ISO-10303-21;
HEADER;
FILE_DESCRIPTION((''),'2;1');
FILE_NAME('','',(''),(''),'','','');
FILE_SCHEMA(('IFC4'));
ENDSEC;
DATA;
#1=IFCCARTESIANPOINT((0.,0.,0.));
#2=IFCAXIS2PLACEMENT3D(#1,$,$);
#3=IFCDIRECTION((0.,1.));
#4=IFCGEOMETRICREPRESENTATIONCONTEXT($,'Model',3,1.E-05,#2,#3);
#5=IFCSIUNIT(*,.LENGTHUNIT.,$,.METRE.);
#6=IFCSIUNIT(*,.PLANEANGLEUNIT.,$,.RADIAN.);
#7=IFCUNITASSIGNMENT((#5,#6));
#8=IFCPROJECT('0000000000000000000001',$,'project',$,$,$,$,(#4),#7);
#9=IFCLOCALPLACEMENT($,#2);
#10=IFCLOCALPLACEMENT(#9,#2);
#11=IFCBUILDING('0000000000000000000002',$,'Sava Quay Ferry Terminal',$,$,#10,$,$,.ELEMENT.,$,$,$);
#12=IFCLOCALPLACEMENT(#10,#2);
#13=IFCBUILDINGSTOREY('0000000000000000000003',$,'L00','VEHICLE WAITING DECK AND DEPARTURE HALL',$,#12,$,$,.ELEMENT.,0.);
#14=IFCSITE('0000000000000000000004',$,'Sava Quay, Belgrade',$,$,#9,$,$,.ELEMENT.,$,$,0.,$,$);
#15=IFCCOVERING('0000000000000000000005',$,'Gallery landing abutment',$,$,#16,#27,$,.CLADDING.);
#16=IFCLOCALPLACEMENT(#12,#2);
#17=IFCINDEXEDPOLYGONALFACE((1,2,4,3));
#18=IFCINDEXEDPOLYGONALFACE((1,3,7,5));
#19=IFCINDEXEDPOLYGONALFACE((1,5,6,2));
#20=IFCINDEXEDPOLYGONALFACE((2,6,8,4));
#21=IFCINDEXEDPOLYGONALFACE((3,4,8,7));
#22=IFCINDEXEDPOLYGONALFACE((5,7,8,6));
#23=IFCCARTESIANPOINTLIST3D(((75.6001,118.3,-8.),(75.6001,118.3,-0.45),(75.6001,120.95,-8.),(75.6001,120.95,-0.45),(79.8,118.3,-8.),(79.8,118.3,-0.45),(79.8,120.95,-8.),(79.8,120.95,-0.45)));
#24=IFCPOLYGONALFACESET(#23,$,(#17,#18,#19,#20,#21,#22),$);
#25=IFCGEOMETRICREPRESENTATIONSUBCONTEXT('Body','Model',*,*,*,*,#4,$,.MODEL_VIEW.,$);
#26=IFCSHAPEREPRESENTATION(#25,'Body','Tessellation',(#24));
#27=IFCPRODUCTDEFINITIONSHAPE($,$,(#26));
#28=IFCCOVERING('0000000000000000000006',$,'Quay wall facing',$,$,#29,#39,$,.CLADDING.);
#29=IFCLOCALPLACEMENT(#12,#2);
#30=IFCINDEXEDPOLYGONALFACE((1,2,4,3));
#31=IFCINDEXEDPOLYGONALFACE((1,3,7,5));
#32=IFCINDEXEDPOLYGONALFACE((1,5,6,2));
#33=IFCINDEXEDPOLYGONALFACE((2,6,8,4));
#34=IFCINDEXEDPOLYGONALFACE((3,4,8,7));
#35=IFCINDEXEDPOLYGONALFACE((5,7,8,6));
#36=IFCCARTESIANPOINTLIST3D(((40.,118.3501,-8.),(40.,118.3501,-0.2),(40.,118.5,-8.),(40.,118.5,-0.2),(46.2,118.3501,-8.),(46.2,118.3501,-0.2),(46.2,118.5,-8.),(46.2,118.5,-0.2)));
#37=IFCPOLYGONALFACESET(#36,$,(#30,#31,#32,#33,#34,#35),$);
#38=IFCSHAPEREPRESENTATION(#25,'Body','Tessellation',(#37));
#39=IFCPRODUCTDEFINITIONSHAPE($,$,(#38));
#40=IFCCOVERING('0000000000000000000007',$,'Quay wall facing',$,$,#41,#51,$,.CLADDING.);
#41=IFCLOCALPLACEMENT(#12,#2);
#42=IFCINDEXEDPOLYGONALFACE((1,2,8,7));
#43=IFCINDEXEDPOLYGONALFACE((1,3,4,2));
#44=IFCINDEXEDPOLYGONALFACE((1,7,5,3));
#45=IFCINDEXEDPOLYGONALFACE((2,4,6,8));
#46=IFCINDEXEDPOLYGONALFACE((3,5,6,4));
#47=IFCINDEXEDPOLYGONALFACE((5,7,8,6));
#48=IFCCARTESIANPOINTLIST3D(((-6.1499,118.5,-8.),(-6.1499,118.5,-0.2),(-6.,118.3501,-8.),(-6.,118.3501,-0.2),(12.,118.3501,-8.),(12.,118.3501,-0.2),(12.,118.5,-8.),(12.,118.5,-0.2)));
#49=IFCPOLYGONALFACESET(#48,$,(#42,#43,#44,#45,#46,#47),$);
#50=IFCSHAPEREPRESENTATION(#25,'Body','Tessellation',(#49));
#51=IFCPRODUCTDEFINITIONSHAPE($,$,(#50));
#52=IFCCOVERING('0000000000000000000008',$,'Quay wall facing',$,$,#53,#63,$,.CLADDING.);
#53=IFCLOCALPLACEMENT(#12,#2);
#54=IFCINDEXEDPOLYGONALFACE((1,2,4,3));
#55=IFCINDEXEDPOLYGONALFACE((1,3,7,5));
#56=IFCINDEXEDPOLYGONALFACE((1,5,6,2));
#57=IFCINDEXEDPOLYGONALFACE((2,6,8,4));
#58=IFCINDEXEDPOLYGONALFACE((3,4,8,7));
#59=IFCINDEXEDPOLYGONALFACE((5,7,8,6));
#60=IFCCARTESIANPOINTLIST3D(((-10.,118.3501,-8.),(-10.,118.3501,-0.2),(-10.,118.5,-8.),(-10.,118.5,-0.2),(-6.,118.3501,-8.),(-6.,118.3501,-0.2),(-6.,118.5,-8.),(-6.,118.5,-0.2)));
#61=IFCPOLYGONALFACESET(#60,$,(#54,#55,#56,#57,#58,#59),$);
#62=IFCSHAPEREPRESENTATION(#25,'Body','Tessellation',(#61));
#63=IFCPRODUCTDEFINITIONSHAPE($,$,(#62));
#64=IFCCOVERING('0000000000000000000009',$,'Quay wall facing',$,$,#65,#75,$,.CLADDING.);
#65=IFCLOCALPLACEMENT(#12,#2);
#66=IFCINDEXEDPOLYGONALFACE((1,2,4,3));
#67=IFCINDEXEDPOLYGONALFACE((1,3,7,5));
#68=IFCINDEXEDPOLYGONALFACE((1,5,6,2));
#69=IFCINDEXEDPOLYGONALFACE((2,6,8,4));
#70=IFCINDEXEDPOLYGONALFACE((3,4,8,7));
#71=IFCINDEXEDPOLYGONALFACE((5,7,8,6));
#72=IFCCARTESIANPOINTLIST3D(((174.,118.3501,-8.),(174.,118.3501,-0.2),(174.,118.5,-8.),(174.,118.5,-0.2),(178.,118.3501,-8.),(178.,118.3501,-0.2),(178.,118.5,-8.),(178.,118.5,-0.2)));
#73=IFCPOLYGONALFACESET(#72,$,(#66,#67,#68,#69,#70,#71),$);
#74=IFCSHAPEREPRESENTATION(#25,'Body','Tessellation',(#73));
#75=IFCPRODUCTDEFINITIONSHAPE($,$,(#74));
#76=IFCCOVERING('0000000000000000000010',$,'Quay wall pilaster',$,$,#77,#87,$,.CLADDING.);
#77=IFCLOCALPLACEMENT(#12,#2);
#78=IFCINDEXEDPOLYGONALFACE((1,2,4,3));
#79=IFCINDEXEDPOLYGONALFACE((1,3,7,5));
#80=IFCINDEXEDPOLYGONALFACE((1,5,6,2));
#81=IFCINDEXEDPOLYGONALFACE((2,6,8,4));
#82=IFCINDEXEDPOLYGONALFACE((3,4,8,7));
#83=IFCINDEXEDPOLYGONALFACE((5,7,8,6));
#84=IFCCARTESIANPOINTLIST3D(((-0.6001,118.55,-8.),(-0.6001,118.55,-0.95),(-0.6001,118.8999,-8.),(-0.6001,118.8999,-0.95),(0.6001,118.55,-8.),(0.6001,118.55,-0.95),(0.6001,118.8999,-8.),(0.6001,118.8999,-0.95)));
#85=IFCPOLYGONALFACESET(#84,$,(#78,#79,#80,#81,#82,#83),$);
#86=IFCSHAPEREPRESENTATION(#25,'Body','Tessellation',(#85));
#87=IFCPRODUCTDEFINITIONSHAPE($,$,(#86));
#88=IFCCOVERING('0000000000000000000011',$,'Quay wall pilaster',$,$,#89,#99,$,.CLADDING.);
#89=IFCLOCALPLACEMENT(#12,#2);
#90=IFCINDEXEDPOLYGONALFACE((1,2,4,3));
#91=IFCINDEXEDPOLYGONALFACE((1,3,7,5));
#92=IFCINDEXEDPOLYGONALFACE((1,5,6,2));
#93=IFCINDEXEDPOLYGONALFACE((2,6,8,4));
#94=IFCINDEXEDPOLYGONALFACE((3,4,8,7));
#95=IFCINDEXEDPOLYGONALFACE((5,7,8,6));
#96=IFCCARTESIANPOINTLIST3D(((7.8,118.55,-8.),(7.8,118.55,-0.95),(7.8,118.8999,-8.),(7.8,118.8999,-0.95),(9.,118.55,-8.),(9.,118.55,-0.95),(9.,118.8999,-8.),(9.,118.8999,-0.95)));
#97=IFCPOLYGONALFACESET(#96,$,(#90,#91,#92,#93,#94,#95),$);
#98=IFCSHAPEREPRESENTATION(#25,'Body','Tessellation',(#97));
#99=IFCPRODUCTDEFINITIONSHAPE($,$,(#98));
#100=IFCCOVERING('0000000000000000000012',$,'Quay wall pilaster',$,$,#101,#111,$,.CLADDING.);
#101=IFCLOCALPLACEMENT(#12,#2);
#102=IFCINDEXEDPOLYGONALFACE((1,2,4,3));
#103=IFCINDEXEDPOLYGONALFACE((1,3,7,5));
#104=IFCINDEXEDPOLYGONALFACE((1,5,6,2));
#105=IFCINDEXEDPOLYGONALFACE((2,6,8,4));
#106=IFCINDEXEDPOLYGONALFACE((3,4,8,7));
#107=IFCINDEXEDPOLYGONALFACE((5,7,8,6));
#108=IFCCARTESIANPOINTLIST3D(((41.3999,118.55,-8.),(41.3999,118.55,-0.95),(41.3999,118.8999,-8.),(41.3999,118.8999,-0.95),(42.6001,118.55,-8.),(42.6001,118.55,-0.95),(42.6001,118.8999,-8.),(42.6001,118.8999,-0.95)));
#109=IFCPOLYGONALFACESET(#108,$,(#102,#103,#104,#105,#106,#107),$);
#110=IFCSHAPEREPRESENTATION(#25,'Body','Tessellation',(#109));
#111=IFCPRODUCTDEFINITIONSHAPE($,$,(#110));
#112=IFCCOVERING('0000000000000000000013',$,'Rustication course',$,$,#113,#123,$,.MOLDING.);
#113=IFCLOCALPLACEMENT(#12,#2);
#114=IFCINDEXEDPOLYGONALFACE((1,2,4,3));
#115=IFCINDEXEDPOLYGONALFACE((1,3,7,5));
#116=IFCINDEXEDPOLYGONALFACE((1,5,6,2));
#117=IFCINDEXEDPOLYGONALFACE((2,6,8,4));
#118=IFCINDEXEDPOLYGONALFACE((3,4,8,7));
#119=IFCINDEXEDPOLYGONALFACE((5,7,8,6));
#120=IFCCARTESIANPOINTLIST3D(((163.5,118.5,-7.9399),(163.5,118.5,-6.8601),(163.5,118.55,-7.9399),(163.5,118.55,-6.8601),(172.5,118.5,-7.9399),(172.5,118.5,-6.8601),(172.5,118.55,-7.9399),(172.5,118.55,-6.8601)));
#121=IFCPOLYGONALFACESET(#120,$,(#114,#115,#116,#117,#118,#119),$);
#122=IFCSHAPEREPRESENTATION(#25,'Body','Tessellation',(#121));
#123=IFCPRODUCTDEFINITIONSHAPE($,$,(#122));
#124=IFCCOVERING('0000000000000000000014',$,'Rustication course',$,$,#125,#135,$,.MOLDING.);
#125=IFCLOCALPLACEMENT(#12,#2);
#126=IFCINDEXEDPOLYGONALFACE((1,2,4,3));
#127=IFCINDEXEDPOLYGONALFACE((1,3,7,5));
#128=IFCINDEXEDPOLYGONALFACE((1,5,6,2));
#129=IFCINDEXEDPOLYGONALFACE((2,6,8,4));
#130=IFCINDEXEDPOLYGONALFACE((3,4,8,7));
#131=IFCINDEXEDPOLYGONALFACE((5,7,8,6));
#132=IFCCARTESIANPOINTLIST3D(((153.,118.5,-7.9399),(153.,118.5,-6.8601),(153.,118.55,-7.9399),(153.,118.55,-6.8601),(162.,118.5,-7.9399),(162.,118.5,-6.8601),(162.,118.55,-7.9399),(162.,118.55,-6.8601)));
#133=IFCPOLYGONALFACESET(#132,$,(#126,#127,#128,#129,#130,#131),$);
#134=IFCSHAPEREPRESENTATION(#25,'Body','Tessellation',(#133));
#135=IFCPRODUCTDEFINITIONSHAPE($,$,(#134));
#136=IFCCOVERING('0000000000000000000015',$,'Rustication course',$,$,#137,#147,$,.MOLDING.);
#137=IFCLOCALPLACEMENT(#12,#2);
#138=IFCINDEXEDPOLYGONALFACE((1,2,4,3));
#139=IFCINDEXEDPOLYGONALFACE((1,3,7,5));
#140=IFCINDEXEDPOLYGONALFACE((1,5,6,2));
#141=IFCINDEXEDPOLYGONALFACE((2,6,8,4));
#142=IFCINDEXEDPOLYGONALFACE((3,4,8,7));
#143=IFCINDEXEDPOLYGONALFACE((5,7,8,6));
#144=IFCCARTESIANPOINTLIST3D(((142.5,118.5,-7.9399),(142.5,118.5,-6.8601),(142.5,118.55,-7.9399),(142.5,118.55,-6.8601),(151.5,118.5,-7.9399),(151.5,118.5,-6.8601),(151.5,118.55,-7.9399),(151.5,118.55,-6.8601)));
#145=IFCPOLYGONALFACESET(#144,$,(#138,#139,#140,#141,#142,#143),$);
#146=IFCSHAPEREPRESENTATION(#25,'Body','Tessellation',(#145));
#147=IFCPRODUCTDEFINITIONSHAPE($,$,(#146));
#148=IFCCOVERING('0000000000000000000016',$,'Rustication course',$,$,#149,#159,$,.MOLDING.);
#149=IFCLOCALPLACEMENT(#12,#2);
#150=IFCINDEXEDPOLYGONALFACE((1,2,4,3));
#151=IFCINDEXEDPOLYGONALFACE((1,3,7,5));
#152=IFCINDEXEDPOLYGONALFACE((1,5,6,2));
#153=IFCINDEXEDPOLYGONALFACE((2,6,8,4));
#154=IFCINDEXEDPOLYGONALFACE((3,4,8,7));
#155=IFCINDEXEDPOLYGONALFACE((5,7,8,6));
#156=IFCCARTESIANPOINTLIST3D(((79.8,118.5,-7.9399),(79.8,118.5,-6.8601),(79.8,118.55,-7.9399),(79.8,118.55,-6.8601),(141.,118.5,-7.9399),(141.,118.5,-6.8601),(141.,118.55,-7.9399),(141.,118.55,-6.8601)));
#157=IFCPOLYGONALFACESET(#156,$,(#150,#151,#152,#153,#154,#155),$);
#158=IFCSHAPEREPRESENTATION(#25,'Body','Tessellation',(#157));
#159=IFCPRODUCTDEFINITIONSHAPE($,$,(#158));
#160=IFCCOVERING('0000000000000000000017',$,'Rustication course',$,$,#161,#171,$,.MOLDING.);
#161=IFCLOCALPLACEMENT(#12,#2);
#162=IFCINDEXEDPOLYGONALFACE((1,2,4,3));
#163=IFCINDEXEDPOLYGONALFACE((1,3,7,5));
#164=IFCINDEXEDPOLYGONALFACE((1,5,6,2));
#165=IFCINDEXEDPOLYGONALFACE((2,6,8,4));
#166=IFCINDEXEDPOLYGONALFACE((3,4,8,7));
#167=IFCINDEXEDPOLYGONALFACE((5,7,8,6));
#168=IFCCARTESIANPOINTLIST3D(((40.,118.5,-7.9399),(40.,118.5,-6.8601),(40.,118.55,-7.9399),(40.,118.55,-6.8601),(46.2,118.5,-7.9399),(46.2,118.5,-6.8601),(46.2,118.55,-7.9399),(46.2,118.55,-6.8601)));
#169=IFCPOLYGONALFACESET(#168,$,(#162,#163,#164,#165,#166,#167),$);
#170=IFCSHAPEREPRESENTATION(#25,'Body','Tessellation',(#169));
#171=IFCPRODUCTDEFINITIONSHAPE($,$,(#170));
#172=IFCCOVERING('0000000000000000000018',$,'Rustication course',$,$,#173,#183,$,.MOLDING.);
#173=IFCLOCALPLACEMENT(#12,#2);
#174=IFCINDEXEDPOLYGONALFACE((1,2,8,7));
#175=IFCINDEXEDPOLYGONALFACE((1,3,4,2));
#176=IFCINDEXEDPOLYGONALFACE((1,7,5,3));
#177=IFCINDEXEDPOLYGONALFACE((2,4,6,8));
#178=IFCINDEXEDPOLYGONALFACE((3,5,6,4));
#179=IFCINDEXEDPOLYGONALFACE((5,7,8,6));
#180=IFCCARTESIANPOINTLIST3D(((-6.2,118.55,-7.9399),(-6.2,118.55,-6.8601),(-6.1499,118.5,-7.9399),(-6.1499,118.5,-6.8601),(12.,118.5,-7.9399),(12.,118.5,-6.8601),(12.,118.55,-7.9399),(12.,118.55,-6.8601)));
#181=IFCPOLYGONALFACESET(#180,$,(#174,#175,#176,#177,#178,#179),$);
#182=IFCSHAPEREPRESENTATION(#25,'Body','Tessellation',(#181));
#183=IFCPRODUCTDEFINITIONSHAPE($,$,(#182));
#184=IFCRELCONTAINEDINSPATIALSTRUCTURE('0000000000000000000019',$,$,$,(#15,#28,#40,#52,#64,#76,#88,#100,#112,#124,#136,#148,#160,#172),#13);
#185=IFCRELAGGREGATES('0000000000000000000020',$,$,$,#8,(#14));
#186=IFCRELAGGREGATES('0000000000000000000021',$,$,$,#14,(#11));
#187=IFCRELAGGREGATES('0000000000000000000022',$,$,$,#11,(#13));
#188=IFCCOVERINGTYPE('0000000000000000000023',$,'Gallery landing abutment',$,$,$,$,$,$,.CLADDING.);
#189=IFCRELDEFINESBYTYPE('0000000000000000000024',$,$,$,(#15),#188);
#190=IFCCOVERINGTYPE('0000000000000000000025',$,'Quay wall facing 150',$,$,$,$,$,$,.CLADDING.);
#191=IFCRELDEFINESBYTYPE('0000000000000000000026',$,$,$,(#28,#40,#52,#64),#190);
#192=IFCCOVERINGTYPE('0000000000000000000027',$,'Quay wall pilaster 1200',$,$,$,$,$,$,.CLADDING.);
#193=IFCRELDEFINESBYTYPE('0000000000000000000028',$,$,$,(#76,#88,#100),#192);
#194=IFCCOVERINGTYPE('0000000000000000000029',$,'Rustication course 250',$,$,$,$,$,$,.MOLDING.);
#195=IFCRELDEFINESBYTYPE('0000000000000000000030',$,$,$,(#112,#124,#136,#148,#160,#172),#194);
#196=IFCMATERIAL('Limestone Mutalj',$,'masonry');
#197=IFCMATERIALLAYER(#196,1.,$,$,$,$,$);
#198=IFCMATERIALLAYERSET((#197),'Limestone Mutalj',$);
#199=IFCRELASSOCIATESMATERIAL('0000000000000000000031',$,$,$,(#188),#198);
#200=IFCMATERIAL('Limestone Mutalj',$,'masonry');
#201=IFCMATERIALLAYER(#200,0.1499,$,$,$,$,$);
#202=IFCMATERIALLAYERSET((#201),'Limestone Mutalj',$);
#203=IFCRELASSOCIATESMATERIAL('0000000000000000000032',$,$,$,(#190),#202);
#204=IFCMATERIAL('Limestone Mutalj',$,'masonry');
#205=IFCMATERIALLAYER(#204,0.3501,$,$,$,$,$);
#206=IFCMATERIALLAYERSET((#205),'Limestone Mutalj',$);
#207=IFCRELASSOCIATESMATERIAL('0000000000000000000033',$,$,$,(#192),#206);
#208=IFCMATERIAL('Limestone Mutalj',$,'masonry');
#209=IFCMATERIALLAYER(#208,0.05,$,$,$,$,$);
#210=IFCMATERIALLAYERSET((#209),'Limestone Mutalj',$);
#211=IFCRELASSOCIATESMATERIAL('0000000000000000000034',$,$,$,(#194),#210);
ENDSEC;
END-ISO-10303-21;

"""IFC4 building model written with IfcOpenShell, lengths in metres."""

from ifc_helpers import new_model, si_unit, direction, frame, origin, place, context, subcontext, project, spatial, polyline, outline, extrude, material, layer, layer_set, type_object, element, save


model = new_model("IFC4")

# Units and contexts
model_context = context("Model", 3, precision=1e-05, world=origin(), true_north=direction((0.0, 1.0)))
body_context = subcontext(model_context, "Body", "Model", "MODEL_VIEW")
ifc_project = project(units=[si_unit("LENGTHUNIT", "METRE"), si_unit("PLANEANGLEUNIT", "RADIAN")], contexts=[model_context])

# Site, building, storey
site_placement = place(None, origin())
site = spatial("IfcSite", under=ifc_project, at=site_placement, Name="Sava Quay, Belgrade", CompositionType="ELEMENT", RefElevation=0.0)
building_placement = place(site_placement, origin())
building = spatial("IfcBuilding", under=site, at=building_placement, Name="Sava Quay Ferry Terminal", CompositionType="ELEMENT")
storey_placement = place(building_placement, origin())
storey = spatial("IfcBuildingStorey", under=building, at=storey_placement, Name="L00", Description="VEHICLE WAITING DECK AND DEPARTURE HALL", CompositionType="ELEMENT", Elevation=0.0)

# Coverings
ifc_material_1 = material(Name="Limestone Mutalj", Category="masonry")
ifc_layer_1 = layer(ifc_material_1, 1.0)
ifc_layer_set_1 = layer_set([ifc_layer_1], Name="Limestone Mutalj")
covering_type_1 = type_object("IfcCoveringType", Name="Gallery landing abutment", PredefinedType="CLADDING", material=ifc_layer_set_1)
covering_1_placement = place(storey_placement, frame((0.0, 0.0, -8.0)))
element("IfcCovering", 1, at=covering_1_placement, inside=storey, type_object=covering_type_1, Name="Gallery landing abutment", PredefinedType="CLADDING", context=body_context, shape_type="SweptSolid", body=[
    extrude(outline(polyline([(75.6001, 118.3), (79.8, 118.3), (79.8, 120.95), (75.6001, 120.95), (75.6001, 118.3)])), origin(), (0.0, 0.0, 1.0), 7.55),
])
ifc_material_2 = material(Name="Limestone Mutalj", Category="masonry")
ifc_layer_2 = layer(ifc_material_2, 0.1499)
ifc_layer_set_2 = layer_set([ifc_layer_2], Name="Limestone Mutalj")
covering_type_2 = type_object("IfcCoveringType", Name="Quay wall facing 150", PredefinedType="CLADDING", material=ifc_layer_set_2)
covering_2_placement = place(storey_placement, frame((0.0, 0.0, -8.0)))
element("IfcCovering", 2, at=covering_2_placement, inside=storey, type_object=covering_type_2, Name="Quay wall facing", PredefinedType="CLADDING", context=body_context, shape_type="SweptSolid", body=[
    extrude(outline(polyline([(40.0, 118.3501), (46.2, 118.3501), (46.2, 118.5), (40.0, 118.5), (40.0, 118.3501)])), origin(), (0.0, 0.0, 1.0), 7.8),
])
covering_3_placement = place(storey_placement, frame((0.0, 0.0, -8.0)))
element("IfcCovering", 3, at=covering_3_placement, inside=storey, type_object=covering_type_2, Name="Quay wall facing", PredefinedType="CLADDING", context=body_context, shape_type="SweptSolid", body=[
    extrude(outline(polyline([(-6.1499, 118.5), (-6.0, 118.3501), (12.0, 118.3501), (12.0, 118.5), (-6.1499, 118.5)])), origin(), (0.0, 0.0, 1.0), 7.8),
])
covering_4_placement = place(storey_placement, frame((0.0, 0.0, -8.0)))
element("IfcCovering", 4, at=covering_4_placement, inside=storey, type_object=covering_type_2, Name="Quay wall facing", PredefinedType="CLADDING", context=body_context, shape_type="SweptSolid", body=[
    extrude(outline(polyline([(-6.0, 118.3501), (-6.0, 118.5), (-10.0, 118.5), (-10.0, 118.3501), (-6.0, 118.3501)])), origin(), (0.0, 0.0, 1.0), 7.8),
])
covering_5_placement = place(storey_placement, frame((0.0, 0.0, -8.0)))
element("IfcCovering", 5, at=covering_5_placement, inside=storey, type_object=covering_type_2, Name="Quay wall facing", PredefinedType="CLADDING", context=body_context, shape_type="SweptSolid", body=[
    extrude(outline(polyline([(178.0, 118.3501), (178.0, 118.5), (174.0, 118.5), (174.0, 118.3501), (178.0, 118.3501)])), origin(), (0.0, 0.0, 1.0), 7.8),
])
ifc_material_3 = material(Name="Limestone Mutalj", Category="masonry")
ifc_layer_3 = layer(ifc_material_3, 0.3501)
ifc_layer_set_3 = layer_set([ifc_layer_3], Name="Limestone Mutalj")
covering_type_3 = type_object("IfcCoveringType", Name="Quay wall pilaster 1200", PredefinedType="CLADDING", material=ifc_layer_set_3)
covering_6_placement = place(storey_placement, frame((0.0, 0.0, -8.0)))
element("IfcCovering", 6, at=covering_6_placement, inside=storey, type_object=covering_type_3, Name="Quay wall pilaster", PredefinedType="CLADDING", context=body_context, shape_type="SweptSolid", body=[
    extrude(outline(polyline([(0.6001, 118.55), (0.6001, 118.8999), (-0.6001, 118.8999), (-0.6001, 118.55), (0.6001, 118.55)])), origin(), (0.0, 0.0, 1.0), 7.05),
])
covering_7_placement = place(storey_placement, frame((0.0, 0.0, -8.0)))
element("IfcCovering", 7, at=covering_7_placement, inside=storey, type_object=covering_type_3, Name="Quay wall pilaster", PredefinedType="CLADDING", context=body_context, shape_type="SweptSolid", body=[
    extrude(outline(polyline([(9.0, 118.55), (9.0, 118.8999), (7.8, 118.8999), (7.8, 118.55), (9.0, 118.55)])), origin(), (0.0, 0.0, 1.0), 7.05),
])
covering_8_placement = place(storey_placement, frame((0.0, 0.0, -8.0)))
element("IfcCovering", 8, at=covering_8_placement, inside=storey, type_object=covering_type_3, Name="Quay wall pilaster", PredefinedType="CLADDING", context=body_context, shape_type="SweptSolid", body=[
    extrude(outline(polyline([(42.6001, 118.55), (42.6001, 118.8999), (41.3999, 118.8999), (41.3999, 118.55), (42.6001, 118.55)])), origin(), (0.0, 0.0, 1.0), 7.05),
])
ifc_material_4 = material(Name="Limestone Mutalj", Category="masonry")
ifc_layer_4 = layer(ifc_material_4, 0.05)
ifc_layer_set_4 = layer_set([ifc_layer_4], Name="Limestone Mutalj")
covering_type_4 = type_object("IfcCoveringType", Name="Rustication course 250", PredefinedType="MOLDING", material=ifc_layer_set_4)
covering_9_placement = place(storey_placement, frame((0.0, 0.0, -7.9399)))
element("IfcCovering", 9, at=covering_9_placement, inside=storey, type_object=covering_type_4, Name="Rustication course", PredefinedType="MOLDING", context=body_context, shape_type="SweptSolid", body=[
    extrude(outline(polyline([(172.5, 118.55), (163.5, 118.55), (163.5, 118.5), (172.5, 118.5), (172.5, 118.55)])), origin(), (0.0, 0.0, 1.0), 1.0798),
])
covering_10_placement = place(storey_placement, frame((0.0, 0.0, -7.9399)))
element("IfcCovering", 10, at=covering_10_placement, inside=storey, type_object=covering_type_4, Name="Rustication course", PredefinedType="MOLDING", context=body_context, shape_type="SweptSolid", body=[
    extrude(outline(polyline([(162.0, 118.55), (153.0, 118.55), (153.0, 118.5), (162.0, 118.5), (162.0, 118.55)])), origin(), (0.0, 0.0, 1.0), 1.0798),
])
covering_11_placement = place(storey_placement, frame((0.0, 0.0, -7.9399)))
element("IfcCovering", 11, at=covering_11_placement, inside=storey, type_object=covering_type_4, Name="Rustication course", PredefinedType="MOLDING", context=body_context, shape_type="SweptSolid", body=[
    extrude(outline(polyline([(151.5, 118.55), (142.5, 118.55), (142.5, 118.5), (151.5, 118.5), (151.5, 118.55)])), origin(), (0.0, 0.0, 1.0), 1.0798),
])
covering_12_placement = place(storey_placement, frame((0.0, 0.0, -7.9399)))
element("IfcCovering", 12, at=covering_12_placement, inside=storey, type_object=covering_type_4, Name="Rustication course", PredefinedType="MOLDING", context=body_context, shape_type="SweptSolid", body=[
    extrude(outline(polyline([(141.0, 118.55), (79.8, 118.55), (79.8, 118.5), (141.0, 118.5), (141.0, 118.55)])), origin(), (0.0, 0.0, 1.0), 1.0798),
])
covering_13_placement = place(storey_placement, frame((0.0, 0.0, -7.9399)))
element("IfcCovering", 13, at=covering_13_placement, inside=storey, type_object=covering_type_4, Name="Rustication course", PredefinedType="MOLDING", context=body_context, shape_type="SweptSolid", body=[
    extrude(outline(polyline([(46.2, 118.55), (40.0, 118.55), (40.0, 118.5), (46.2, 118.5), (46.2, 118.55)])), origin(), (0.0, 0.0, 1.0), 1.0798),
])
covering_14_placement = place(storey_placement, frame((0.0, 0.0, -7.9399)))
element("IfcCovering", 14, at=covering_14_placement, inside=storey, type_object=covering_type_4, Name="Rustication course", PredefinedType="MOLDING", context=body_context, shape_type="SweptSolid", body=[
    extrude(outline(polyline([(12.0, 118.55), (-6.2, 118.55), (-6.1499, 118.5), (12.0, 118.5), (12.0, 118.55)])), origin(), (0.0, 0.0, 1.0), 1.0798),
])

save(model, "model.ifc")
